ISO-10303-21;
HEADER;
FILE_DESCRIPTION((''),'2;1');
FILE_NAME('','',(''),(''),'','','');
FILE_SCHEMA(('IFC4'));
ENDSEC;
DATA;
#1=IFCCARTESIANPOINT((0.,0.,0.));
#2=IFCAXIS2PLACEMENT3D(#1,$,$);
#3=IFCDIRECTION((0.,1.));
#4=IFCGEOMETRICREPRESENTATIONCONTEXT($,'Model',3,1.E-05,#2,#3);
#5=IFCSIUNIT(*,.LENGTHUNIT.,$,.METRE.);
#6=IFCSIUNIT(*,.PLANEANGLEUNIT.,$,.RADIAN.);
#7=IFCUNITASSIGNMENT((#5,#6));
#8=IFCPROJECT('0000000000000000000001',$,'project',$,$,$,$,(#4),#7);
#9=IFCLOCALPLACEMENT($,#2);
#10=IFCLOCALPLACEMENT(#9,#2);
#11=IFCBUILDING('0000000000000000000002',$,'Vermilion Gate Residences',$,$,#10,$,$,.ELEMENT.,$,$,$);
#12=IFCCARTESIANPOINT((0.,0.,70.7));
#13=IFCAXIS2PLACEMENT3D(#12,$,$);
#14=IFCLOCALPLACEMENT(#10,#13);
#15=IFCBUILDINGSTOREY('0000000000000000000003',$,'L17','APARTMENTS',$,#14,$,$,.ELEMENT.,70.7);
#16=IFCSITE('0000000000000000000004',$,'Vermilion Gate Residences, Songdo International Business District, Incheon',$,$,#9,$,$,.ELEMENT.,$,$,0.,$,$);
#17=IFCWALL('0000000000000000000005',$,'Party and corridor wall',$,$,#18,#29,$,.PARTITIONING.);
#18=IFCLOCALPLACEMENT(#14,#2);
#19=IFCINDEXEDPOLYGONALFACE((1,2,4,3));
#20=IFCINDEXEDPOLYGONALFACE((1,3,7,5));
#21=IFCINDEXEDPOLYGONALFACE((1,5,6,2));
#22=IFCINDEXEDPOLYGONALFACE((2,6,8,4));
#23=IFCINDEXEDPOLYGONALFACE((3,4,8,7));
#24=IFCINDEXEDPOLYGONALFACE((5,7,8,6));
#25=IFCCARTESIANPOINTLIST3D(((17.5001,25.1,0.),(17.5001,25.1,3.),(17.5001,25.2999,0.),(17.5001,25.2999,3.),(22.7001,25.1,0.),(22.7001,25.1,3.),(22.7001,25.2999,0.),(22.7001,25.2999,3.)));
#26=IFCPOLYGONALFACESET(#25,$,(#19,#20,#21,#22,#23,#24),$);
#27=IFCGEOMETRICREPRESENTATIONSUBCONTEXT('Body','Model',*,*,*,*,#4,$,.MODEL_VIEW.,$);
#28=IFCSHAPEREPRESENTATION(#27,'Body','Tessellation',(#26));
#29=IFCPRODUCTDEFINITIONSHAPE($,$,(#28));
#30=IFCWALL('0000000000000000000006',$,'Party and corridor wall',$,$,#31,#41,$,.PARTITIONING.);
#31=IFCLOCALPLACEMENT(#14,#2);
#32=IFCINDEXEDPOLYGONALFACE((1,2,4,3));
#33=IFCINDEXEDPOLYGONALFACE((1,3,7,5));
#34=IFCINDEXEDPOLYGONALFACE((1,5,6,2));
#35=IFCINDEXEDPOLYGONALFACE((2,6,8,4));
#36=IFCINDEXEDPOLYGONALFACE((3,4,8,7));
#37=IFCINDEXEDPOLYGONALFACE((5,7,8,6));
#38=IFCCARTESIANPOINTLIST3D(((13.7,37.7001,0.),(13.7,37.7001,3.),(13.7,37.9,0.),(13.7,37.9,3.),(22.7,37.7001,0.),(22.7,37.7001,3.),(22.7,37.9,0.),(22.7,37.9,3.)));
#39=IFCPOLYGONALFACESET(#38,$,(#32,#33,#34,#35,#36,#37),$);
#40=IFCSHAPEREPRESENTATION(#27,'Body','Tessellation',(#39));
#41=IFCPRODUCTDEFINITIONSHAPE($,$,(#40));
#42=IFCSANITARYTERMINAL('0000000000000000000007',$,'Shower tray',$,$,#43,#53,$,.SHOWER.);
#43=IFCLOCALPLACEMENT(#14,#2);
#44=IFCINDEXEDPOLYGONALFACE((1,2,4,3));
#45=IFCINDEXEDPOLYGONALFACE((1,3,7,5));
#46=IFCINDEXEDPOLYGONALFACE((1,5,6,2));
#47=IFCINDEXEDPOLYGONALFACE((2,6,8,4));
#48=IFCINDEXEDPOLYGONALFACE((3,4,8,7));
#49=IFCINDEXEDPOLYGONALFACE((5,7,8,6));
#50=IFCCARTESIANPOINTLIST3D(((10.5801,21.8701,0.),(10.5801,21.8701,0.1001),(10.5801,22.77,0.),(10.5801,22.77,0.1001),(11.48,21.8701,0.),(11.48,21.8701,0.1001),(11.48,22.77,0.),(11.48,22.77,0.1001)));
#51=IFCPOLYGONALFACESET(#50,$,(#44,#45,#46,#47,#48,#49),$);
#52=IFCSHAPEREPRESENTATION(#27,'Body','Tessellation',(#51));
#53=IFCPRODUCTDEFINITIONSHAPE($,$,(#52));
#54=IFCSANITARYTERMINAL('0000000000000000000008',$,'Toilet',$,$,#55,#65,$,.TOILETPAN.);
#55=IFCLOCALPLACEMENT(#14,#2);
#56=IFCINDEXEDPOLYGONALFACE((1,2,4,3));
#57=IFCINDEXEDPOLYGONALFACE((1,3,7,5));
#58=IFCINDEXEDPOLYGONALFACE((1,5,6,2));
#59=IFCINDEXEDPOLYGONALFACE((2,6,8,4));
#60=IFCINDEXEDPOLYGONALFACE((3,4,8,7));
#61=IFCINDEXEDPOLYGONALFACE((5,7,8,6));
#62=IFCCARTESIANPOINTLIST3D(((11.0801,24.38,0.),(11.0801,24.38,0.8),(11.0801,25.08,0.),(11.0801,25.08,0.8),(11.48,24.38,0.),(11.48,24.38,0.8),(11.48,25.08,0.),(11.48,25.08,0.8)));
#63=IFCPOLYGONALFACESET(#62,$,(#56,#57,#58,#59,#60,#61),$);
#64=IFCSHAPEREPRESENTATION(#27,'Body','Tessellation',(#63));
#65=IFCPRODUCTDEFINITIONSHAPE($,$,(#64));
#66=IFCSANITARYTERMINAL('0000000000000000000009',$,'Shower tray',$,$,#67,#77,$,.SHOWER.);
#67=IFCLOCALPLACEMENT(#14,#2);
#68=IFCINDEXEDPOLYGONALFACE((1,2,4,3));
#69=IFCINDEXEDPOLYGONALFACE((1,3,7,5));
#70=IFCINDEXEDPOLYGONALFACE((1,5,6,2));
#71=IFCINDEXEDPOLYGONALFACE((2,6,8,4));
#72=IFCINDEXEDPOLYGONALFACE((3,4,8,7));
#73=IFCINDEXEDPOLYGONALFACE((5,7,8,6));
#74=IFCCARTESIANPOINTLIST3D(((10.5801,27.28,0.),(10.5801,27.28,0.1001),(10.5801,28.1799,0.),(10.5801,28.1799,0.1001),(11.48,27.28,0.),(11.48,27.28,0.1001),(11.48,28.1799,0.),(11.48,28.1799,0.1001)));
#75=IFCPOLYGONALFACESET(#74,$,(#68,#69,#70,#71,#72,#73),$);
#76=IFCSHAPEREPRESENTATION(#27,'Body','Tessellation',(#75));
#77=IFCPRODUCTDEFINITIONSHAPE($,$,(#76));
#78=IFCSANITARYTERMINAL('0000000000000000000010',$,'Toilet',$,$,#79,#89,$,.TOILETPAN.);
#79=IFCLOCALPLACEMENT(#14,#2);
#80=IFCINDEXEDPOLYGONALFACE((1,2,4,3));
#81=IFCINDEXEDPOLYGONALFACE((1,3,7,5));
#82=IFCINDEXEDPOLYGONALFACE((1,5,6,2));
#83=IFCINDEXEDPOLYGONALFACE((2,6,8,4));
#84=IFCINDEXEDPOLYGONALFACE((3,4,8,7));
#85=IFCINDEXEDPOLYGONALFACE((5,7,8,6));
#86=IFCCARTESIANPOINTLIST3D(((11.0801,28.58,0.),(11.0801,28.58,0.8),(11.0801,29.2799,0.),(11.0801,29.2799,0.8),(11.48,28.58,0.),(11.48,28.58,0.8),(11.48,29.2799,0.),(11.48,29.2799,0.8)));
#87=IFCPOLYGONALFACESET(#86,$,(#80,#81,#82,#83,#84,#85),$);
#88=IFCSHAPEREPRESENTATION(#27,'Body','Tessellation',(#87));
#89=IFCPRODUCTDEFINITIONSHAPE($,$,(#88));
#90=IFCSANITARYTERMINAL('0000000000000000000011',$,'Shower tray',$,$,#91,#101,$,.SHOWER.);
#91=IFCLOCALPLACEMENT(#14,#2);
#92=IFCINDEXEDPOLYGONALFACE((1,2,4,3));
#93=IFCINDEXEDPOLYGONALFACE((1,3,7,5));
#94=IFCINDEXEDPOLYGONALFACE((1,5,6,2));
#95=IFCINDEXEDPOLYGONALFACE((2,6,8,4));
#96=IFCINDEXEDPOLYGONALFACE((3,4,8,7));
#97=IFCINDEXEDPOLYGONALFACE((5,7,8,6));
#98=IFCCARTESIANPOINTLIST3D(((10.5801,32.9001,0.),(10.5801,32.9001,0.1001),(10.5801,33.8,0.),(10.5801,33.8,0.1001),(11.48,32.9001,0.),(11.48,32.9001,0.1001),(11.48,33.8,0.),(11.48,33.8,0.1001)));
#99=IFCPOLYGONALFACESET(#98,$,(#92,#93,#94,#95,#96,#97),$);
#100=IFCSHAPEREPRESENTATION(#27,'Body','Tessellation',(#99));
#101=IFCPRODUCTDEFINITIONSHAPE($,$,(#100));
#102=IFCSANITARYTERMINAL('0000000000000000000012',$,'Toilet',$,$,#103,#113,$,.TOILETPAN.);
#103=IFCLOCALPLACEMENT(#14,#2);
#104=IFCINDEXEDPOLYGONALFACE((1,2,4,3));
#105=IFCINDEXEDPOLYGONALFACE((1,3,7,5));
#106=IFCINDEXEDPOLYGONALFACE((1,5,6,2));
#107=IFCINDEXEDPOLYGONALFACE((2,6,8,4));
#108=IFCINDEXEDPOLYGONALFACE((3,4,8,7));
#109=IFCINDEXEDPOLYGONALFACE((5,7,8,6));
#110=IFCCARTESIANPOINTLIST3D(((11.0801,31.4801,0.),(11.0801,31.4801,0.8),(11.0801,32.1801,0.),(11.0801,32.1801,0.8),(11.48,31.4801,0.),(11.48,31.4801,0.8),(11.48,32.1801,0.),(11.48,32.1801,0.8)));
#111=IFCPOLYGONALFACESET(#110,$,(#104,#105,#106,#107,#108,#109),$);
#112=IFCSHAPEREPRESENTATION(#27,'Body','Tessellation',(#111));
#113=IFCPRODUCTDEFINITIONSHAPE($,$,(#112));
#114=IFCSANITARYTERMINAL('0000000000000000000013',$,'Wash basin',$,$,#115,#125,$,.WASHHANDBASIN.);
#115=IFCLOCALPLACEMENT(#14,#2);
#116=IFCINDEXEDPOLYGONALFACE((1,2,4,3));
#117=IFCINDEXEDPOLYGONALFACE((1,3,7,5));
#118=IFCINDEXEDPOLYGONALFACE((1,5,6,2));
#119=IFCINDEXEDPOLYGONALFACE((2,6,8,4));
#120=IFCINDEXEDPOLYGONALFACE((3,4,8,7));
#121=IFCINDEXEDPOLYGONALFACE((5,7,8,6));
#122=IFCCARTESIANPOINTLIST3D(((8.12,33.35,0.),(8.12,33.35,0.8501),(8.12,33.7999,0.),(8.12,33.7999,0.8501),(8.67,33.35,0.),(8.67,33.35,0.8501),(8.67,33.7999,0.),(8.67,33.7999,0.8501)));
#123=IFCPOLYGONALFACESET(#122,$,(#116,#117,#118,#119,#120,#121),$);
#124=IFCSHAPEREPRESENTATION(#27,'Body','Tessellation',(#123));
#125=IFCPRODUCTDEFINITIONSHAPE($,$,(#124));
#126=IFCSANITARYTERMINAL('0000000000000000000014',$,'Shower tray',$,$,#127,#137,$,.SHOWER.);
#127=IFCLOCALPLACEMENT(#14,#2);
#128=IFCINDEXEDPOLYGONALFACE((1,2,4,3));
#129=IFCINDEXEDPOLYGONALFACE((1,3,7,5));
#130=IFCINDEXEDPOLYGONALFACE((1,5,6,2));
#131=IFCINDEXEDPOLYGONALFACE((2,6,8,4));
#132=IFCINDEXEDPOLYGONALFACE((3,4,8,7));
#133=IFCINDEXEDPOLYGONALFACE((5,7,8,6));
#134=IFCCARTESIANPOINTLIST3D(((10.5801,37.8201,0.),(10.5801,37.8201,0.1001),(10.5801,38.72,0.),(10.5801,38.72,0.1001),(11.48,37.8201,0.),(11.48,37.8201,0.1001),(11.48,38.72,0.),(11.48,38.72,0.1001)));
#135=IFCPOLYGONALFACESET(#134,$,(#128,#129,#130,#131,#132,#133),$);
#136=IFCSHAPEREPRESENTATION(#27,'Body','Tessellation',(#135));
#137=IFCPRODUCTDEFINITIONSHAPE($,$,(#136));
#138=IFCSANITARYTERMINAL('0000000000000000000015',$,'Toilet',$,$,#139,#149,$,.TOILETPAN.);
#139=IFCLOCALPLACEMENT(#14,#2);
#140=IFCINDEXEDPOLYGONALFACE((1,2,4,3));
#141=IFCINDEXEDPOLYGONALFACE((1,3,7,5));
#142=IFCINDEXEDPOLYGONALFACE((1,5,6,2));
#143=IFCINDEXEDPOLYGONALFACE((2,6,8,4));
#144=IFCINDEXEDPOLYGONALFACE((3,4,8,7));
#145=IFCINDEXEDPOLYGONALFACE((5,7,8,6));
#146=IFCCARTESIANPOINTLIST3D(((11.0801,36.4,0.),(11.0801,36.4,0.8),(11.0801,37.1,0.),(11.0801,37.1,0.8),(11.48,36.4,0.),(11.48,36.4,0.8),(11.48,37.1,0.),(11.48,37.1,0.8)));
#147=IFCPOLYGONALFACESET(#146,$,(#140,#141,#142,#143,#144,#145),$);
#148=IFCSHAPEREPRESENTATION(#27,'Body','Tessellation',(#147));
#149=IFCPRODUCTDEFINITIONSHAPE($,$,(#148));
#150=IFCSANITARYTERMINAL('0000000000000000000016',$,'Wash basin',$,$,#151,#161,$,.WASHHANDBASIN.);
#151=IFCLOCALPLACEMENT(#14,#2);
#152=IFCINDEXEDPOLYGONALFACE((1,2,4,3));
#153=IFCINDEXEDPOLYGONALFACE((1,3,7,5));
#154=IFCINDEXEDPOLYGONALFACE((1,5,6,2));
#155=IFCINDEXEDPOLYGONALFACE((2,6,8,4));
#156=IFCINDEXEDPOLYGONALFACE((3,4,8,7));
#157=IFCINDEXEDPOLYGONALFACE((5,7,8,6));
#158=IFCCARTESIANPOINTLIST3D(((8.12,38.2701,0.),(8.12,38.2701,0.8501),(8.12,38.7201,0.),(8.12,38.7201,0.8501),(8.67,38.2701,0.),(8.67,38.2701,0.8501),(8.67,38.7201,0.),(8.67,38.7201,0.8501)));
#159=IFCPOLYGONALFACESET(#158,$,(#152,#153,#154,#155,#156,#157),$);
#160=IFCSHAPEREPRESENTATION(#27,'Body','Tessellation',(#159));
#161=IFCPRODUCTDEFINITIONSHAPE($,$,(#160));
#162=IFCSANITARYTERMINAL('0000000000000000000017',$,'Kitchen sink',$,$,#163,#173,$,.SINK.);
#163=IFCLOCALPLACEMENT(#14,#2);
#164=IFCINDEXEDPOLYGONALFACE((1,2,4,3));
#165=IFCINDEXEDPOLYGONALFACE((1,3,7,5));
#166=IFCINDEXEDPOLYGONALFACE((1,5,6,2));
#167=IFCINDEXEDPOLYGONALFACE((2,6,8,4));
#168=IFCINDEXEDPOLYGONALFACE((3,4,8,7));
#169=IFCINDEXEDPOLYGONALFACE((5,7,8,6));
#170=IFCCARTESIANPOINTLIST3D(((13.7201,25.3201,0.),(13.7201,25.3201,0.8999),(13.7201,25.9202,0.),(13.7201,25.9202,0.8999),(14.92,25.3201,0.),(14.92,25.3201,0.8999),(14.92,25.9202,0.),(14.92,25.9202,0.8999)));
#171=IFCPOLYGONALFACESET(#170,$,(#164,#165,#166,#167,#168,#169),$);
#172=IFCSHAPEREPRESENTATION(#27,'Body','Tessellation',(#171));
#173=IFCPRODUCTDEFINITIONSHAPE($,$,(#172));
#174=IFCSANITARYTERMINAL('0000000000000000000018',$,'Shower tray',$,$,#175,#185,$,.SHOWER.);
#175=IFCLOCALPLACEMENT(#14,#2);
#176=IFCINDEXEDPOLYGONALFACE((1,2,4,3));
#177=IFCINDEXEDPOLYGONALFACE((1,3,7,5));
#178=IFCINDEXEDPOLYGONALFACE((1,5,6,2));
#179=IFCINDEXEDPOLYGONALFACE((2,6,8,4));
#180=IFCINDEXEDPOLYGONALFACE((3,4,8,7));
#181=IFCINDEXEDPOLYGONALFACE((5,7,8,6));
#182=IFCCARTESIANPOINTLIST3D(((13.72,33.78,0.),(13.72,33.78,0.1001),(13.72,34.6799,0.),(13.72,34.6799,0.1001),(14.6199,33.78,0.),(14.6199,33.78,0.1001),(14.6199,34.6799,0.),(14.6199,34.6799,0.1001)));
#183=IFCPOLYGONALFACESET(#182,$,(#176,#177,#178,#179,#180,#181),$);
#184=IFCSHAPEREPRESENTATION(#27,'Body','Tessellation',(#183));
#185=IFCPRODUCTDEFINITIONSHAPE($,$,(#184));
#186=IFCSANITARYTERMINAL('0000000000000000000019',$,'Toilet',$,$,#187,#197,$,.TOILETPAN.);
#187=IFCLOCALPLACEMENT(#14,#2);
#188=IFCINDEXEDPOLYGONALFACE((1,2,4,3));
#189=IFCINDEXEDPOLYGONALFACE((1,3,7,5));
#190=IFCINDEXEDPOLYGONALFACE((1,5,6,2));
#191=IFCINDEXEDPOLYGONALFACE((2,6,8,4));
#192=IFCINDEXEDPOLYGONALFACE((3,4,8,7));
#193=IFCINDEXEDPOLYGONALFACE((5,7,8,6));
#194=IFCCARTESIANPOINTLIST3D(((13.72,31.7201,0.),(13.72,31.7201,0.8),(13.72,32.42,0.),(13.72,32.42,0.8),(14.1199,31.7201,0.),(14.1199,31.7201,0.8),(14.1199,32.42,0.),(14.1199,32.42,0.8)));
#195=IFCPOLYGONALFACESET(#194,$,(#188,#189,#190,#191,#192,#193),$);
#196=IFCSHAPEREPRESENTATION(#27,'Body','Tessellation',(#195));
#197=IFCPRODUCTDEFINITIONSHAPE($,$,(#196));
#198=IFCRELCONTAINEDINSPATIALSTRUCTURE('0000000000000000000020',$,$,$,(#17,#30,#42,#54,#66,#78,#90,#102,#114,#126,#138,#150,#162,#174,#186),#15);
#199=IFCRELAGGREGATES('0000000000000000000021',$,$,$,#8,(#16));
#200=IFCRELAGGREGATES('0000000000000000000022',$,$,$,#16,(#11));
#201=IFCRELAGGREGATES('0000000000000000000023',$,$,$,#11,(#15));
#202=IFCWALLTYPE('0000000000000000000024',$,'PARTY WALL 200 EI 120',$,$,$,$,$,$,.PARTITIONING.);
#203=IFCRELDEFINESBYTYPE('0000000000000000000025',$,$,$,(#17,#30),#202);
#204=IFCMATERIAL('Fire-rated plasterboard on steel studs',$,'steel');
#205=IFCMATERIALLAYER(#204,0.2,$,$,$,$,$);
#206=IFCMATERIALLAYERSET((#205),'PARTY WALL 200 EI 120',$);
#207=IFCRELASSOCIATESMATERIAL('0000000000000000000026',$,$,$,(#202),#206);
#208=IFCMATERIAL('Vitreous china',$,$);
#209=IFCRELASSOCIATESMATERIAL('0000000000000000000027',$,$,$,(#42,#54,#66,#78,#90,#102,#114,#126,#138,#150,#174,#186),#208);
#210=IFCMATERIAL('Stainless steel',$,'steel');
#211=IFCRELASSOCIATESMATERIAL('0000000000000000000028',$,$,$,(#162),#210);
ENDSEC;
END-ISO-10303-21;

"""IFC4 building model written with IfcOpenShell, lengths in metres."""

from ifc_helpers import new_model, si_unit, direction, frame, frame_2d, origin, origin_2d, place, context, subcontext, project, spatial, rectangle, extrude, material, layer, layer_set, type_object, element, save


model = new_model("IFC4")

# Units and contexts
model_context = context("Model", 3, precision=1e-05, world=origin(), true_north=direction((0.0, 1.0)))
body_context = subcontext(model_context, "Body", "Model", "MODEL_VIEW")
ifc_project = project(units=[si_unit("LENGTHUNIT", "METRE"), si_unit("PLANEANGLEUNIT", "RADIAN")], contexts=[model_context])

# Site, building, storey
site_placement = place(None, origin())
site = spatial("IfcSite", under=ifc_project, at=site_placement, Name="Vermilion Gate Residences, Songdo International Business District, Incheon", CompositionType="ELEMENT", RefElevation=0.0)
building_placement = place(site_placement, origin())
building = spatial("IfcBuilding", under=site, at=building_placement, Name="Vermilion Gate Residences", CompositionType="ELEMENT")
storey_placement = place(building_placement, frame((0.0, 0.0, 70.7)))
storey = spatial("IfcBuildingStorey", under=building, at=storey_placement, Name="L17", Description="APARTMENTS", CompositionType="ELEMENT", Elevation=70.7)

# Walls
ifc_material_1 = material(Name="Fire-rated plasterboard on steel studs", Category="steel")
ifc_layer_1 = layer(ifc_material_1, 0.2)
ifc_layer_set_1 = layer_set([ifc_layer_1], Name="PARTY WALL 200 EI 120")
wall_type_1 = type_object("IfcWallType", Name="PARTY WALL 200 EI 120", PredefinedType="PARTITIONING", material=ifc_layer_set_1)
wall_1_placement = place(storey_placement, frame((17.5, 25.2, 0.0), z_axis=(0.0, 0.0, 1.0), x_axis=(1.0, 0.0, 0.0)))
element("IfcWall", 1, at=wall_1_placement, inside=storey, type_object=wall_type_1, Name="Party and corridor wall", PredefinedType="PARTITIONING", context=body_context, shape_type="SweptSolid", body=[
    extrude(rectangle(XDim=5.2, YDim=0.2, at=frame_2d((2.6001, 0.0))), origin(), (0.0, 0.0, 1.0), 3.0),
])
wall_2_placement = place(storey_placement, frame((13.7, 37.8, 0.0), z_axis=(0.0, 0.0, 1.0), x_axis=(1.0, 0.0, 0.0)))
element("IfcWall", 2, at=wall_2_placement, inside=storey, type_object=wall_type_1, Name="Party and corridor wall", PredefinedType="PARTITIONING", context=body_context, shape_type="SweptSolid", body=[
    extrude(rectangle(XDim=9.0, YDim=0.2, at=frame_2d((4.5, 0.0))), origin(), (0.0, 0.0, 1.0), 3.0),
])

# Sanitary terminals
ifc_material_2 = material(Name="Vitreous china")
sanitary_terminal_1_placement = place(storey_placement, frame((11.03, 22.3201, 0.0), z_axis=(0.0, 0.0, 1.0), x_axis=(1.0, 0.0, 0.0)))
element("IfcSanitaryTerminal", 3, at=sanitary_terminal_1_placement, inside=storey, material=ifc_material_2, Name="Shower tray", PredefinedType="SHOWER", context=body_context, shape_type="SweptSolid", body=[
    extrude(rectangle(XDim=0.8999, YDim=0.8999, at=origin_2d()), origin(), (0.0, 0.0, 1.0), 0.1001),
])
sanitary_terminal_2_placement = place(storey_placement, frame((11.28, 24.73, 0.0), z_axis=(0.0, 0.0, 1.0), x_axis=(1.0, 0.0, 0.0)))
element("IfcSanitaryTerminal", 4, at=sanitary_terminal_2_placement, inside=storey, material=ifc_material_2, Name="Toilet", PredefinedType="TOILETPAN", context=body_context, shape_type="SweptSolid", body=[
    extrude(rectangle(XDim=0.3999, YDim=0.7, at=origin_2d()), origin(), (0.0, 0.0, 1.0), 0.8),
])
sanitary_terminal_3_placement = place(storey_placement, frame((11.03, 27.73, 0.0), z_axis=(0.0, 0.0, 1.0), x_axis=(1.0, 0.0, 0.0)))
element("IfcSanitaryTerminal", 5, at=sanitary_terminal_3_placement, inside=storey, material=ifc_material_2, Name="Shower tray", PredefinedType="SHOWER", context=body_context, shape_type="SweptSolid", body=[
    extrude(rectangle(XDim=0.8999, YDim=0.8999, at=origin_2d()), origin(), (0.0, 0.0, 1.0), 0.1001),
])
sanitary_terminal_4_placement = place(storey_placement, frame((11.28, 28.9299, 0.0), z_axis=(0.0, 0.0, 1.0), x_axis=(1.0, 0.0, 0.0)))
element("IfcSanitaryTerminal", 6, at=sanitary_terminal_4_placement, inside=storey, material=ifc_material_2, Name="Toilet", PredefinedType="TOILETPAN", context=body_context, shape_type="SweptSolid", body=[
    extrude(rectangle(XDim=0.3999, YDim=0.7, at=origin_2d()), origin(), (0.0, 0.0, 1.0), 0.8),
])
sanitary_terminal_5_placement = place(storey_placement, frame((11.03, 33.3501, 0.0), z_axis=(0.0, 0.0, 1.0), x_axis=(1.0, 0.0, 0.0)))
element("IfcSanitaryTerminal", 7, at=sanitary_terminal_5_placement, inside=storey, material=ifc_material_2, Name="Shower tray", PredefinedType="SHOWER", context=body_context, shape_type="SweptSolid", body=[
    extrude(rectangle(XDim=0.8999, YDim=0.8999, at=origin_2d()), origin(), (0.0, 0.0, 1.0), 0.1001),
])
sanitary_terminal_6_placement = place(storey_placement, frame((11.28, 31.8301, 0.0), z_axis=(0.0, 0.0, 1.0), x_axis=(1.0, 0.0, 0.0)))
element("IfcSanitaryTerminal", 8, at=sanitary_terminal_6_placement, inside=storey, material=ifc_material_2, Name="Toilet", PredefinedType="TOILETPAN", context=body_context, shape_type="SweptSolid", body=[
    extrude(rectangle(XDim=0.3999, YDim=0.7, at=origin_2d()), origin(), (0.0, 0.0, 1.0), 0.8),
])
sanitary_terminal_7_placement = place(storey_placement, frame((8.395, 33.575, 0.0), z_axis=(0.0, 0.0, 1.0), x_axis=(1.0, 0.0, 0.0)))
element("IfcSanitaryTerminal", 9, at=sanitary_terminal_7_placement, inside=storey, material=ifc_material_2, Name="Wash basin", PredefinedType="WASHHANDBASIN", context=body_context, shape_type="SweptSolid", body=[
    extrude(rectangle(XDim=0.55, YDim=0.45, at=origin_2d()), origin(), (0.0, 0.0, 1.0), 0.8501),
])
sanitary_terminal_8_placement = place(storey_placement, frame((11.03, 38.27, 0.0), z_axis=(0.0, 0.0, 1.0), x_axis=(1.0, 0.0, 0.0)))
element("IfcSanitaryTerminal", 10, at=sanitary_terminal_8_placement, inside=storey, material=ifc_material_2, Name="Shower tray", PredefinedType="SHOWER", context=body_context, shape_type="SweptSolid", body=[
    extrude(rectangle(XDim=0.8999, YDim=0.8999, at=origin_2d()), origin(), (0.0, 0.0, 1.0), 0.1001),
])
sanitary_terminal_9_placement = place(storey_placement, frame((11.28, 36.75, 0.0), z_axis=(0.0, 0.0, 1.0), x_axis=(1.0, 0.0, 0.0)))
element("IfcSanitaryTerminal", 11, at=sanitary_terminal_9_placement, inside=storey, material=ifc_material_2, Name="Toilet", PredefinedType="TOILETPAN", context=body_context, shape_type="SweptSolid", body=[
    extrude(rectangle(XDim=0.3999, YDim=0.7, at=origin_2d()), origin(), (0.0, 0.0, 1.0), 0.8),
])
sanitary_terminal_10_placement = place(storey_placement, frame((8.395, 38.4951, 0.0), z_axis=(0.0, 0.0, 1.0), x_axis=(1.0, 0.0, 0.0)))
element("IfcSanitaryTerminal", 12, at=sanitary_terminal_10_placement, inside=storey, material=ifc_material_2, Name="Wash basin", PredefinedType="WASHHANDBASIN", context=body_context, shape_type="SweptSolid", body=[
    extrude(rectangle(XDim=0.55, YDim=0.45, at=origin_2d()), origin(), (0.0, 0.0, 1.0), 0.8501),
])
ifc_material_3 = material(Name="Stainless steel", Category="steel")
sanitary_terminal_11_placement = place(storey_placement, frame((14.3201, 25.6201, 0.0), z_axis=(0.0, 0.0, 1.0), x_axis=(1.0, 0.0, 0.0)))
element("IfcSanitaryTerminal", 13, at=sanitary_terminal_11_placement, inside=storey, material=ifc_material_3, Name="Kitchen sink", PredefinedType="SINK", context=body_context, shape_type="SweptSolid", body=[
    extrude(rectangle(XDim=1.2, YDim=0.6001, at=origin_2d()), origin(), (0.0, 0.0, 1.0), 0.8999),
])
sanitary_terminal_12_placement = place(storey_placement, frame((14.1699, 34.23, 0.0), z_axis=(0.0, 0.0, 1.0), x_axis=(1.0, 0.0, 0.0)))
element("IfcSanitaryTerminal", 14, at=sanitary_terminal_12_placement, inside=storey, material=ifc_material_2, Name="Shower tray", PredefinedType="SHOWER", context=body_context, shape_type="SweptSolid", body=[
    extrude(rectangle(XDim=0.8999, YDim=0.8999, at=origin_2d()), origin(), (0.0, 0.0, 1.0), 0.1001),
])
sanitary_terminal_13_placement = place(storey_placement, frame((13.9199, 32.0701, 0.0), z_axis=(0.0, 0.0, 1.0), x_axis=(1.0, 0.0, 0.0)))
element("IfcSanitaryTerminal", 15, at=sanitary_terminal_13_placement, inside=storey, material=ifc_material_2, Name="Toilet", PredefinedType="TOILETPAN", context=body_context, shape_type="SweptSolid", body=[
    extrude(rectangle(XDim=0.3999, YDim=0.7, at=origin_2d()), origin(), (0.0, 0.0, 1.0), 0.8),
])

save(model, "model.ifc")
